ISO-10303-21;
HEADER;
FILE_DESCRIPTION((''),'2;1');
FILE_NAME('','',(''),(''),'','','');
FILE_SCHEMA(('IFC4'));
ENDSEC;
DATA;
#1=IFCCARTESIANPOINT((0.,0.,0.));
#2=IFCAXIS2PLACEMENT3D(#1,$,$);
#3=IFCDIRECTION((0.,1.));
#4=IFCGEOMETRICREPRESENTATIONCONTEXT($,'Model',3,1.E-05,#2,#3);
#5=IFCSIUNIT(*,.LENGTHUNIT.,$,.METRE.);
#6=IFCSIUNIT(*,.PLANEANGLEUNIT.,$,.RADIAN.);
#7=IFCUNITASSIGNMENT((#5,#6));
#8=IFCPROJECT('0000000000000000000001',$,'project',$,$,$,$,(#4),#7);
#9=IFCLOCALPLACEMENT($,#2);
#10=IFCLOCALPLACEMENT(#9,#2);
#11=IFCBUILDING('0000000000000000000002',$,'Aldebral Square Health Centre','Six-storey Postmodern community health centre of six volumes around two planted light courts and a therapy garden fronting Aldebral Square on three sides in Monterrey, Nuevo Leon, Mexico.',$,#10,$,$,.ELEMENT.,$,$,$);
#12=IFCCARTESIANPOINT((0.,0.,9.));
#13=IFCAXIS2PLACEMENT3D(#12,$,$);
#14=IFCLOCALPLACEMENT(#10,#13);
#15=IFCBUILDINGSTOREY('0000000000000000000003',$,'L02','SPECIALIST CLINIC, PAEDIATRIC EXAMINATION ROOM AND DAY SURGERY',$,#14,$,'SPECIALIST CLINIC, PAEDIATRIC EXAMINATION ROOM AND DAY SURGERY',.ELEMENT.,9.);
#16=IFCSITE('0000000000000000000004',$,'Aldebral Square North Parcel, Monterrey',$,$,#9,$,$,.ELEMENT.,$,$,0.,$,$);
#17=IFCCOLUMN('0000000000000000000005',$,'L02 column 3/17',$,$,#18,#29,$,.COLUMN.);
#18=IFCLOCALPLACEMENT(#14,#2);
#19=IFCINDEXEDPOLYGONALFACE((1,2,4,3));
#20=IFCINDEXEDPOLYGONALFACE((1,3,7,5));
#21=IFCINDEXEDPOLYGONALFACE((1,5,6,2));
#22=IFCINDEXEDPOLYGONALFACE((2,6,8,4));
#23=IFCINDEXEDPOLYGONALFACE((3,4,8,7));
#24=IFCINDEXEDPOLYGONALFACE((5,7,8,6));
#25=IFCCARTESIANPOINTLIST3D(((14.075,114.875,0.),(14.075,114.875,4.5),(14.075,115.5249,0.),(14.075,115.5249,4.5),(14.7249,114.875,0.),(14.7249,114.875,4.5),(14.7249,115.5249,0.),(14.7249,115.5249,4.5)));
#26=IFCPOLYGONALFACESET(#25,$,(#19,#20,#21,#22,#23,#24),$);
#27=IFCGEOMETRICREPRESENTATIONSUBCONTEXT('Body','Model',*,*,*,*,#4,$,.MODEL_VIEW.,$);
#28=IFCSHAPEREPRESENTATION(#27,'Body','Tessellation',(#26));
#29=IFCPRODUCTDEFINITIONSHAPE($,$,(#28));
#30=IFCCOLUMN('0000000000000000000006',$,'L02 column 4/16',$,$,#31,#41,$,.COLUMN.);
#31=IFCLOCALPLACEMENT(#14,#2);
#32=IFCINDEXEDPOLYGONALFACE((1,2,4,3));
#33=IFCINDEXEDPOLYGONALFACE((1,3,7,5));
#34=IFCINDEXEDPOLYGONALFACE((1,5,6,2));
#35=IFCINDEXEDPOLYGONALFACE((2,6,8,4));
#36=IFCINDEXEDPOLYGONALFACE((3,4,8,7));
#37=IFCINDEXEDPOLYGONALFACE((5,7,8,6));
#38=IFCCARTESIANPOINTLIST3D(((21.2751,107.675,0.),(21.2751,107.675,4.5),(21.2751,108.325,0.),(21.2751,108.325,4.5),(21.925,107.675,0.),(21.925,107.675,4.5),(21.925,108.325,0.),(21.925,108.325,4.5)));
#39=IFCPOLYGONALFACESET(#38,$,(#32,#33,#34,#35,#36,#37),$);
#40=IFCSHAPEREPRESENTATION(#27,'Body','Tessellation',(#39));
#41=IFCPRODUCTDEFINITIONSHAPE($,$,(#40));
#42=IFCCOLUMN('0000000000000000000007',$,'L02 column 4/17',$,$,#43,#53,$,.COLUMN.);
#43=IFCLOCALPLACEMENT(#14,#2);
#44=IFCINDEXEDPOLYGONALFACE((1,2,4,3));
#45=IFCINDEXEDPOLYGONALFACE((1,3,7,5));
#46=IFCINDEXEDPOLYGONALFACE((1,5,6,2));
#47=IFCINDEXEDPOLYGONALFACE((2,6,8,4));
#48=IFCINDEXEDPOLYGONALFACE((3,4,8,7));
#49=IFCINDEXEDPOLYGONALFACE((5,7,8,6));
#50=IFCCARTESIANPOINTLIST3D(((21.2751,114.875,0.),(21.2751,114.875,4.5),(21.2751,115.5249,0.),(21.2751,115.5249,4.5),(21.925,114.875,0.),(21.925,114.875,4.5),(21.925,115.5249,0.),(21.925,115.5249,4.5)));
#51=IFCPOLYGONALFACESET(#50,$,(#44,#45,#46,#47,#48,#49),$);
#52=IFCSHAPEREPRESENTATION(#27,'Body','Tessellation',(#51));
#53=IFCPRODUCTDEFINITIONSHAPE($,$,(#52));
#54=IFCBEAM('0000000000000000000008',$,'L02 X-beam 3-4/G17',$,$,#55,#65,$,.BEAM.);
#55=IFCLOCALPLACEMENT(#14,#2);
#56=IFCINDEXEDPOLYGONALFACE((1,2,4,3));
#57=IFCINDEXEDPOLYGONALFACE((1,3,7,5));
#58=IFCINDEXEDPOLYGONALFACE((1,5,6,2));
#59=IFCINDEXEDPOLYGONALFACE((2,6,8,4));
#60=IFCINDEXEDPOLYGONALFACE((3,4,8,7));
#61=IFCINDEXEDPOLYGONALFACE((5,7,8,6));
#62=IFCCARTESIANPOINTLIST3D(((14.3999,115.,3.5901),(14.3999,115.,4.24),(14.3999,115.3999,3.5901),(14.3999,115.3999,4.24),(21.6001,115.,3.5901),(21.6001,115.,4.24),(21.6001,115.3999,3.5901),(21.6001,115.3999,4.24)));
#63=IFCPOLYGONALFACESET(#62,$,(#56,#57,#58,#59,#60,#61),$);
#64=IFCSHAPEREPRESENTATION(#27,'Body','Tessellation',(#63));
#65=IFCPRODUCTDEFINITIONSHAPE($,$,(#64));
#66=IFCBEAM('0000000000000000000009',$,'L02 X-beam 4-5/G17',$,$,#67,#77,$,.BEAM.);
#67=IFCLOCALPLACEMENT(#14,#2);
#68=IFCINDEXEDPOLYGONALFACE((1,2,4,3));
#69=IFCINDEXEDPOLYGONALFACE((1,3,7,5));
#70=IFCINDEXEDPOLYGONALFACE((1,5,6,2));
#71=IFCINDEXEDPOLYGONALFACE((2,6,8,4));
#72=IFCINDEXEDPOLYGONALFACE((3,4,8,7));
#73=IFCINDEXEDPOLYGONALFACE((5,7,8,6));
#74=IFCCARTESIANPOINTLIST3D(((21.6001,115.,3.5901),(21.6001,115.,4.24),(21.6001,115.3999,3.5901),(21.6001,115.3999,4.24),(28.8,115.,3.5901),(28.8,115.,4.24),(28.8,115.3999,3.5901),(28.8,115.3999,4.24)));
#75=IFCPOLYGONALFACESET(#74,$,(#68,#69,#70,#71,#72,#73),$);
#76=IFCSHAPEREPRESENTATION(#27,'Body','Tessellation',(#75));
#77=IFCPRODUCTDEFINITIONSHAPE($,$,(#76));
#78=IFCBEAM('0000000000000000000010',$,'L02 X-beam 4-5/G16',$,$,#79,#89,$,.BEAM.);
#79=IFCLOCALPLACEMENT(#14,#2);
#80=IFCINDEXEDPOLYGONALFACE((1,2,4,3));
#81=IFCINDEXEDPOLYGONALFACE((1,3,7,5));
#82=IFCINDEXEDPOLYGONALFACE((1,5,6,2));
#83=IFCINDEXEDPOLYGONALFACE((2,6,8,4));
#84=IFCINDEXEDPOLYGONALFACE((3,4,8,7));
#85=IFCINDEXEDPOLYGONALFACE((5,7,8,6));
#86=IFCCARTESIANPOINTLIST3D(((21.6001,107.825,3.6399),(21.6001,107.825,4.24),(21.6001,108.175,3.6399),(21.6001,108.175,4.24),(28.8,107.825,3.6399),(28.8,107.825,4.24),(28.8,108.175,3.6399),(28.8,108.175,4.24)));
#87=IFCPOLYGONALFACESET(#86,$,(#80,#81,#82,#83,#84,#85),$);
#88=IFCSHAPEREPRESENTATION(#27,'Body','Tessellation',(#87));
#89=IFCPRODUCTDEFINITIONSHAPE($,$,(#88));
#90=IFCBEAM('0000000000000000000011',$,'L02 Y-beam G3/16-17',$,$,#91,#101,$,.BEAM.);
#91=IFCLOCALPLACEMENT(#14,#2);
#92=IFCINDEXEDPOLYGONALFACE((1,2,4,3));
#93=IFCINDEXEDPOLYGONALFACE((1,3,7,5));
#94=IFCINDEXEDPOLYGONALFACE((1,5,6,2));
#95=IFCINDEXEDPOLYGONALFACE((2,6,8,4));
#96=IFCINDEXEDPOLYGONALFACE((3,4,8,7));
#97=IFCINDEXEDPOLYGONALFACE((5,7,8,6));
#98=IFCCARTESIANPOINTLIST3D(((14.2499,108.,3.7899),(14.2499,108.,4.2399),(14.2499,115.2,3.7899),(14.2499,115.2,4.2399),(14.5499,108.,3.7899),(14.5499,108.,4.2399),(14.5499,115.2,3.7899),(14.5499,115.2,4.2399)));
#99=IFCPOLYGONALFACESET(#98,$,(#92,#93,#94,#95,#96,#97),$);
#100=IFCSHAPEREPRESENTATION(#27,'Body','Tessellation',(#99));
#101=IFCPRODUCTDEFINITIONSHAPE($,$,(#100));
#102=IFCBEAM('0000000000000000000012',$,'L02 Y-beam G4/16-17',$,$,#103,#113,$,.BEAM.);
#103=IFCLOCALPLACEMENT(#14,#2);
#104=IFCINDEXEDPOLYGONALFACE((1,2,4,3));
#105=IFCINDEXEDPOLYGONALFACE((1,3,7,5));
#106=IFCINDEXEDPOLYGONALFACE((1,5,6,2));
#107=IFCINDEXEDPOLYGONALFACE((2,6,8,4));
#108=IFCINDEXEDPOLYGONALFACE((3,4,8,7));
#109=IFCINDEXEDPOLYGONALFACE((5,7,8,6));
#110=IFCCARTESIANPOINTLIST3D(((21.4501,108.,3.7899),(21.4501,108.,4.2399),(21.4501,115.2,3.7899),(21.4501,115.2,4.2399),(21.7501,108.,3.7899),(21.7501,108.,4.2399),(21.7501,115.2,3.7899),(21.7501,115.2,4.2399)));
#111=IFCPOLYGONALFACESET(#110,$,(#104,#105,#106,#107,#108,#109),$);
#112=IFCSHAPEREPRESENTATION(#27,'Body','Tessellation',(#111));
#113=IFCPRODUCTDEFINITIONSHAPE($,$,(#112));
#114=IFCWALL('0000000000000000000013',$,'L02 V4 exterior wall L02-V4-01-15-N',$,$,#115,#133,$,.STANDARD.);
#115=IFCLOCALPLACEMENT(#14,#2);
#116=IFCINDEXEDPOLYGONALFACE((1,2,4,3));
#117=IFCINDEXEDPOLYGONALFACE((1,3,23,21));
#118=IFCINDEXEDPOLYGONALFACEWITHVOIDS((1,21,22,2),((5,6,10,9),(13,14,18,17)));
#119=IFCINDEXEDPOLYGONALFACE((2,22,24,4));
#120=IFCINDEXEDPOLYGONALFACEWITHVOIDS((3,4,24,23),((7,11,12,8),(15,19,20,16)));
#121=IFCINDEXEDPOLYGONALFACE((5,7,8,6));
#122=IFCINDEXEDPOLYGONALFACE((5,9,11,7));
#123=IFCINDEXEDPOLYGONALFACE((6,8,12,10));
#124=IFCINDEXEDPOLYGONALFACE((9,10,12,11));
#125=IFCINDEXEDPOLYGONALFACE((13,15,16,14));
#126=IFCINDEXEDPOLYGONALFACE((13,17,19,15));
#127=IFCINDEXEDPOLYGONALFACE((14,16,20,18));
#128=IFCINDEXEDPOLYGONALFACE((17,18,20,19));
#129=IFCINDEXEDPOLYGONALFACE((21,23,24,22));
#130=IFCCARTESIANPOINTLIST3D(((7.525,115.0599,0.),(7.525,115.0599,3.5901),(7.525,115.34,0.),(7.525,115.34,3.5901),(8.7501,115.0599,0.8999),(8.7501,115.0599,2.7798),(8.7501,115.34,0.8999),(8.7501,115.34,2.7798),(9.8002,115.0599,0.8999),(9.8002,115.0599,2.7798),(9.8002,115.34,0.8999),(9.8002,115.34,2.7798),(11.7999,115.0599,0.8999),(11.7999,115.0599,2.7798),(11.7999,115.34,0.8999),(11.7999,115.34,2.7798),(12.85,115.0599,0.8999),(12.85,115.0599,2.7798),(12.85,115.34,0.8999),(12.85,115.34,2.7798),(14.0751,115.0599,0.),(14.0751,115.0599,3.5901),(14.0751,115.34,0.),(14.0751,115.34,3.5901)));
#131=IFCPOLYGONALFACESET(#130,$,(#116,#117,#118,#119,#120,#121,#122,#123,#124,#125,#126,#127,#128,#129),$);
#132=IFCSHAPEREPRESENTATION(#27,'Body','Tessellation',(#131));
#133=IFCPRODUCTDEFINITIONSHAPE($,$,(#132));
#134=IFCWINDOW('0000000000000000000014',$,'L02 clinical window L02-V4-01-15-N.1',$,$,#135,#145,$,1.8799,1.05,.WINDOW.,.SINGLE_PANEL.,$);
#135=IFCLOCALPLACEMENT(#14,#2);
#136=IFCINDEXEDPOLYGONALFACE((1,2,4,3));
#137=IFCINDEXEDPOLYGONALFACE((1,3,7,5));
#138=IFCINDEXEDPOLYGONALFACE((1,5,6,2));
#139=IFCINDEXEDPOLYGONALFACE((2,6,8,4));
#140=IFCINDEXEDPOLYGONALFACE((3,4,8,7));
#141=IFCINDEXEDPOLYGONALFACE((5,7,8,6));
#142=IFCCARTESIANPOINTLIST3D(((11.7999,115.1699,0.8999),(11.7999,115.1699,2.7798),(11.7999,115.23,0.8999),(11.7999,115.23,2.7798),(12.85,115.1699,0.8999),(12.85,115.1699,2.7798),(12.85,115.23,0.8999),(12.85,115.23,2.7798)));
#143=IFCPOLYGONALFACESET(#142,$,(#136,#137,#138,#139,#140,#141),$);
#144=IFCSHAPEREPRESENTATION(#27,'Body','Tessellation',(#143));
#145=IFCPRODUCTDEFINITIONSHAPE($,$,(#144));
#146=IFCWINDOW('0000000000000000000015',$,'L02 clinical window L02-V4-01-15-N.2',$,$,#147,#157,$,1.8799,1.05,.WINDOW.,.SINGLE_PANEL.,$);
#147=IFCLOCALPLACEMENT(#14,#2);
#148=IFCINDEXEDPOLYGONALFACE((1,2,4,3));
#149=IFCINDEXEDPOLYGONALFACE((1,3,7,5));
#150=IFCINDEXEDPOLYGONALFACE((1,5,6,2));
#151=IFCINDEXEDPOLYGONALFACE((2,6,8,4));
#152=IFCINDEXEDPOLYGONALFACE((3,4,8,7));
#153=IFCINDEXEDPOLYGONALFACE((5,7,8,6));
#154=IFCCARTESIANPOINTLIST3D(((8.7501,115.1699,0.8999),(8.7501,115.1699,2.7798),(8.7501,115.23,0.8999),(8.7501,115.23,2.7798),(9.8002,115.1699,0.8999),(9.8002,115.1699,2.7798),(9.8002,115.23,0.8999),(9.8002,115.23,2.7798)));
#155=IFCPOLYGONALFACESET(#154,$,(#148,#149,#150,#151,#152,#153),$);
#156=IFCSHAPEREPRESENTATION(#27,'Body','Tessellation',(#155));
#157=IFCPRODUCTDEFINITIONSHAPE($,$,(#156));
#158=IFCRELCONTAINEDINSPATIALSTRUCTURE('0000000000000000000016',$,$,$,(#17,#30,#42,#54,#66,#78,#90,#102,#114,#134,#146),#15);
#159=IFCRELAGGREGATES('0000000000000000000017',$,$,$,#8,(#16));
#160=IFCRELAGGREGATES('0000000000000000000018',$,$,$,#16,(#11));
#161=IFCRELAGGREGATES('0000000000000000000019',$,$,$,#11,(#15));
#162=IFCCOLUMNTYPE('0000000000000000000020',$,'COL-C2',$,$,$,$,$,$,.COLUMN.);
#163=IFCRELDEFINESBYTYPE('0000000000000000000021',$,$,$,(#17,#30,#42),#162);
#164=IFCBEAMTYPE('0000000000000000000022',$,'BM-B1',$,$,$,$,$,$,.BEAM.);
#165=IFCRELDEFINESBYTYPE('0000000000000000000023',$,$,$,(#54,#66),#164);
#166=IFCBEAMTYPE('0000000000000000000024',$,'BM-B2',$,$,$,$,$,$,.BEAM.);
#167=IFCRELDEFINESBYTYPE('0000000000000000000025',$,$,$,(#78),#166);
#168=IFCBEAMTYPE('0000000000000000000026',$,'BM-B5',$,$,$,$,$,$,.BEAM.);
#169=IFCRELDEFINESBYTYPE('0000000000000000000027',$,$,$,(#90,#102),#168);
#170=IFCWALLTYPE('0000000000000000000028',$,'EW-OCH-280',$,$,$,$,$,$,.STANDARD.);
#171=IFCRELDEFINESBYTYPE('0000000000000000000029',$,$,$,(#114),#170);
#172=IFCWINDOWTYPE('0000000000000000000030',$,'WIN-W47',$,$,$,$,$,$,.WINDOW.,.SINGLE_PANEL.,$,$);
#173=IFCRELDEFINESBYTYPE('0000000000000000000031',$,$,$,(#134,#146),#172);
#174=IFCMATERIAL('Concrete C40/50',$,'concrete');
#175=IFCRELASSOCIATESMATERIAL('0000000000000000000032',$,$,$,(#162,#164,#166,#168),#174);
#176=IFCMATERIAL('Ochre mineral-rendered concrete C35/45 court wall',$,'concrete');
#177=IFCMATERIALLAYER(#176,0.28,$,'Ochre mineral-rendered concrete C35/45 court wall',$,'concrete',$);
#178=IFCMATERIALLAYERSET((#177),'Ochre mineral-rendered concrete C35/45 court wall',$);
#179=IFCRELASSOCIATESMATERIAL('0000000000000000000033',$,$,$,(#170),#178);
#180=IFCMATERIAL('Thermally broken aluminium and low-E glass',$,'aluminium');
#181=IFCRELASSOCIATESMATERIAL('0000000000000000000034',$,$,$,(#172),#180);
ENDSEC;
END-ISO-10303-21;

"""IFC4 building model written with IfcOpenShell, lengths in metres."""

from ifc_helpers import new_model, si_unit, direction, frame, frame_2d, origin, origin_2d, place, context, subcontext, project, spatial, rectangle, extrude, material, layer, layer_set, material_profile, profile_set, type_object, element, fill, save


model = new_model("IFC4")

# Units and contexts
model_context = context("Model", 3, precision=1e-05, world=origin(), true_north=direction((0.0, 1.0)))
body_context = subcontext(model_context, "Body", "Model", "MODEL_VIEW")
ifc_project = project(units=[si_unit("LENGTHUNIT", "METRE"), si_unit("PLANEANGLEUNIT", "RADIAN")], contexts=[model_context])

# Site, building, storey
site_placement = place(None, origin())
site = spatial("IfcSite", under=ifc_project, at=site_placement, Name="Aldebral Square North Parcel, Monterrey", CompositionType="ELEMENT", RefElevation=0.0)
building_placement = place(site_placement, origin())
building = spatial("IfcBuilding", under=site, at=building_placement, Name="Aldebral Square Health Centre", Description="Six-storey Postmodern community health centre of six volumes around two planted light courts and a therapy garden fronting Aldebral Square on three sides in Monterrey, Nuevo Leon, Mexico.", CompositionType="ELEMENT")
storey_placement = place(building_placement, frame((0.0, 0.0, 9.0)))
storey = spatial("IfcBuildingStorey", under=building, at=storey_placement, Name="L02", Description="SPECIALIST CLINIC, PAEDIATRIC EXAMINATION ROOM AND DAY SURGERY", LongName="SPECIALIST CLINIC, PAEDIATRIC EXAMINATION ROOM AND DAY SURGERY", CompositionType="ELEMENT", Elevation=9.0)

# Columns
ifc_material_1 = material(Name="Concrete C40/50", Category="concrete")
ifc_material_profile_1 = material_profile(ifc_material_1, rectangle(XDim=0.6499, YDim=0.6499, at=origin_2d()), Name="RC 650x650")
ifc_profile_set_1 = profile_set([ifc_material_profile_1], Name="Concrete C40/50")
column_type = type_object("IfcColumnType", Name="COL-C2", PredefinedType="COLUMN", material=ifc_profile_set_1)
for number, where, z_axis, x_axis, name in (
    (1, (14.3999, 115.2, 0.0), (0.0, 0.0, 1.0), (1.0, 0.0, 0.0), "L02 column 3/17"),
    (2, (21.6001, 108.0, 0.0), (0.0, 0.0, 1.0), (1.0, 0.0, 0.0), "L02 column 4/16"),
    (3, (21.6001, 115.2, 0.0), (0.0, 0.0, 1.0), (1.0, 0.0, 0.0), "L02 column 4/17"),
):
    element("IfcColumn", number, at=place(storey_placement, frame(where, z_axis=z_axis, x_axis=x_axis)), inside=storey, type_object=column_type, Name=name, PredefinedType="COLUMN", context=body_context, shape_type="SweptSolid", body=[
        extrude(rectangle(XDim=0.6499, YDim=0.6499, at=origin_2d()), origin(), (0.0, 0.0, 1.0), 4.5),
    ])

# Beams
ifc_material_profile_2 = material_profile(ifc_material_1, rectangle(XDim=0.3999, YDim=0.6499, at=origin_2d()), Name="RC 400x650")
ifc_profile_set_2 = profile_set([ifc_material_profile_2], Name="Concrete C40/50")
beam_type_1 = type_object("IfcBeamType", Name="BM-B1", PredefinedType="BEAM", material=ifc_profile_set_2)
beam_1_placement = place(storey_placement, frame((14.3999, 115.2, 3.915), z_axis=(1.0, 0.0, 0.0), x_axis=(0.0, 1.0, 0.0)))
element("IfcBeam", 4, at=beam_1_placement, inside=storey, type_object=beam_type_1, Name="L02 X-beam 3-4/G17", PredefinedType="BEAM", context=body_context, shape_type="SweptSolid", body=[
    extrude(rectangle(XDim=0.3999, YDim=0.6499, at=origin_2d()), origin(), (0.0, 0.0, 1.0), 7.2002),
])
beam_2_placement = place(storey_placement, frame((21.6001, 115.2, 3.915), z_axis=(1.0, 0.0, 0.0), x_axis=(0.0, 1.0, 0.0)))
element("IfcBeam", 5, at=beam_2_placement, inside=storey, type_object=beam_type_1, Name="L02 X-beam 4-5/G17", PredefinedType="BEAM", context=body_context, shape_type="SweptSolid", body=[
    extrude(rectangle(XDim=0.3999, YDim=0.6499, at=origin_2d()), origin(), (0.0, 0.0, 1.0), 7.2),
])
ifc_material_profile_3 = material_profile(ifc_material_1, rectangle(XDim=0.3501, YDim=0.6001, at=origin_2d()), Name="RC 350x600")
ifc_profile_set_3 = profile_set([ifc_material_profile_3], Name="Concrete C40/50")
beam_type_2 = type_object("IfcBeamType", Name="BM-B2", PredefinedType="BEAM", material=ifc_profile_set_3)
beam_3_placement = place(storey_placement, frame((21.6001, 108.0, 3.9399), z_axis=(1.0, 0.0, 0.0), x_axis=(0.0, 1.0, 0.0)))
element("IfcBeam", 6, at=beam_3_placement, inside=storey, type_object=beam_type_2, Name="L02 X-beam 4-5/G16", PredefinedType="BEAM", context=body_context, shape_type="SweptSolid", body=[
    extrude(rectangle(XDim=0.3501, YDim=0.6001, at=origin_2d()), origin(), (0.0, 0.0, 1.0), 7.2),
])
ifc_material_profile_4 = material_profile(ifc_material_1, rectangle(XDim=0.3, YDim=0.45, at=origin_2d()), Name="RC 300x450")
ifc_profile_set_4 = profile_set([ifc_material_profile_4], Name="Concrete C40/50")
beam_type_3 = type_object("IfcBeamType", Name="BM-B5", PredefinedType="BEAM", material=ifc_profile_set_4)
for number, where, z_axis, x_axis, name in (
    (7, (14.3999, 108.0, 4.0149), (0.0, 1.0, 0.0), (-1.0, 0.0, 0.0), "L02 Y-beam G3/16-17"),
    (8, (21.6001, 108.0, 4.0149), (0.0, 1.0, 0.0), (-1.0, 0.0, 0.0), "L02 Y-beam G4/16-17"),
):
    element("IfcBeam", number, at=place(storey_placement, frame(where, z_axis=z_axis, x_axis=x_axis)), inside=storey, type_object=beam_type_3, Name=name, PredefinedType="BEAM", context=body_context, shape_type="SweptSolid", body=[
        extrude(rectangle(XDim=0.3, YDim=0.45, at=origin_2d()), origin(), (0.0, 0.0, 1.0), 7.2),
    ])

# Wall, openings, windows
ifc_material_2 = material(Name="Ochre mineral-rendered concrete C35/45 court wall", Category="concrete")
ifc_layer_1 = layer(ifc_material_2, 0.28, Name="Ochre mineral-rendered concrete C35/45 court wall", Category="concrete")
ifc_layer_set_1 = layer_set([ifc_layer_1], Name="Ochre mineral-rendered concrete C35/45 court wall")
wall_type_1 = type_object("IfcWallType", Name="EW-OCH-280", PredefinedType="STANDARD", material=ifc_layer_set_1)
wall_1_placement = place(storey_placement, frame((14.075, 115.2, 0.0), z_axis=(0.0, 0.0, 1.0), x_axis=(-1.0, 0.0, 0.0)))
wall_1 = element("IfcWall", 9, at=wall_1_placement, inside=storey, type_object=wall_type_1, Name="L02 V4 exterior wall L02-V4-01-15-N", PredefinedType="STANDARD", context=body_context, shape_type="SweptSolid", body=[
    extrude(rectangle(XDim=6.55, YDim=0.28, at=frame_2d((3.2749, 0.0))), origin(), (0.0, 0.0, 1.0), 3.5901),
])
opening_1_placement = place(wall_1_placement, frame((1.2251, 0.0, 0.8999)))
opening_1 = element("IfcOpeningElement", 10, at=opening_1_placement, cuts=wall_1, PredefinedType="OPENING", context=body_context, shape_type="SweptSolid", body=[
    extrude(rectangle(XDim=1.05, YDim=1.8799, at=frame_2d((0.5249, 0.9399))), frame((0.0, 0.1499, 0.0), z_axis=(0.0, -1.0, 0.0), x_axis=(1.0, 0.0, 0.0)), (0.0, 0.0, 1.0), 0.3),
])
opening_2_placement = place(wall_1_placement, frame((4.2749, 0.0, 0.8999)))
opening_2 = element("IfcOpeningElement", 11, at=opening_2_placement, cuts=wall_1, PredefinedType="OPENING", context=body_context, shape_type="SweptSolid", body=[
    extrude(rectangle(XDim=1.05, YDim=1.8799, at=frame_2d((0.5249, 0.9399))), frame((0.0, 0.1499, 0.0), z_axis=(0.0, -1.0, 0.0), x_axis=(1.0, 0.0, 0.0)), (0.0, 0.0, 1.0), 0.3),
])
ifc_material_3 = material(Name="Thermally broken aluminium and low-E glass", Category="aluminium")
window_type_1 = type_object("IfcWindowType", Name="WIN-W47", PartitioningType="SINGLE_PANEL", PredefinedType="WINDOW", material=ifc_material_3)
window_1_placement = place(opening_1_placement, origin())
window_1 = element("IfcWindow", 12, at=window_1_placement, inside=storey, type_object=window_type_1, Name="L02 clinical window L02-V4-01-15-N.1", OverallHeight=1.8799, OverallWidth=1.05, PartitioningType="SINGLE_PANEL", PredefinedType="WINDOW", context=body_context, shape_type="SweptSolid", body=[
    extrude(rectangle(XDim=1.05, YDim=1.8799, at=frame_2d((0.5249, 0.9399))), frame((0.0, 0.03, 0.0), z_axis=(0.0, -1.0, 0.0), x_axis=(1.0, 0.0, 0.0)), (0.0, 0.0, 1.0), 0.0601),
])
fill(opening_1, window_1)
window_2_placement = place(opening_2_placement, origin())
window_2 = element("IfcWindow", 13, at=window_2_placement, inside=storey, type_object=window_type_1, Name="L02 clinical window L02-V4-01-15-N.2", OverallHeight=1.8799, OverallWidth=1.05, PartitioningType="SINGLE_PANEL", PredefinedType="WINDOW", context=body_context, shape_type="SweptSolid", body=[
    extrude(rectangle(XDim=1.05, YDim=1.8799, at=frame_2d((0.5249, 0.9399))), frame((0.0, 0.03, 0.0), z_axis=(0.0, -1.0, 0.0), x_axis=(1.0, 0.0, 0.0)), (0.0, 0.0, 1.0), 0.0601),
])
fill(opening_2, window_2)

save(model, "model.ifc")
